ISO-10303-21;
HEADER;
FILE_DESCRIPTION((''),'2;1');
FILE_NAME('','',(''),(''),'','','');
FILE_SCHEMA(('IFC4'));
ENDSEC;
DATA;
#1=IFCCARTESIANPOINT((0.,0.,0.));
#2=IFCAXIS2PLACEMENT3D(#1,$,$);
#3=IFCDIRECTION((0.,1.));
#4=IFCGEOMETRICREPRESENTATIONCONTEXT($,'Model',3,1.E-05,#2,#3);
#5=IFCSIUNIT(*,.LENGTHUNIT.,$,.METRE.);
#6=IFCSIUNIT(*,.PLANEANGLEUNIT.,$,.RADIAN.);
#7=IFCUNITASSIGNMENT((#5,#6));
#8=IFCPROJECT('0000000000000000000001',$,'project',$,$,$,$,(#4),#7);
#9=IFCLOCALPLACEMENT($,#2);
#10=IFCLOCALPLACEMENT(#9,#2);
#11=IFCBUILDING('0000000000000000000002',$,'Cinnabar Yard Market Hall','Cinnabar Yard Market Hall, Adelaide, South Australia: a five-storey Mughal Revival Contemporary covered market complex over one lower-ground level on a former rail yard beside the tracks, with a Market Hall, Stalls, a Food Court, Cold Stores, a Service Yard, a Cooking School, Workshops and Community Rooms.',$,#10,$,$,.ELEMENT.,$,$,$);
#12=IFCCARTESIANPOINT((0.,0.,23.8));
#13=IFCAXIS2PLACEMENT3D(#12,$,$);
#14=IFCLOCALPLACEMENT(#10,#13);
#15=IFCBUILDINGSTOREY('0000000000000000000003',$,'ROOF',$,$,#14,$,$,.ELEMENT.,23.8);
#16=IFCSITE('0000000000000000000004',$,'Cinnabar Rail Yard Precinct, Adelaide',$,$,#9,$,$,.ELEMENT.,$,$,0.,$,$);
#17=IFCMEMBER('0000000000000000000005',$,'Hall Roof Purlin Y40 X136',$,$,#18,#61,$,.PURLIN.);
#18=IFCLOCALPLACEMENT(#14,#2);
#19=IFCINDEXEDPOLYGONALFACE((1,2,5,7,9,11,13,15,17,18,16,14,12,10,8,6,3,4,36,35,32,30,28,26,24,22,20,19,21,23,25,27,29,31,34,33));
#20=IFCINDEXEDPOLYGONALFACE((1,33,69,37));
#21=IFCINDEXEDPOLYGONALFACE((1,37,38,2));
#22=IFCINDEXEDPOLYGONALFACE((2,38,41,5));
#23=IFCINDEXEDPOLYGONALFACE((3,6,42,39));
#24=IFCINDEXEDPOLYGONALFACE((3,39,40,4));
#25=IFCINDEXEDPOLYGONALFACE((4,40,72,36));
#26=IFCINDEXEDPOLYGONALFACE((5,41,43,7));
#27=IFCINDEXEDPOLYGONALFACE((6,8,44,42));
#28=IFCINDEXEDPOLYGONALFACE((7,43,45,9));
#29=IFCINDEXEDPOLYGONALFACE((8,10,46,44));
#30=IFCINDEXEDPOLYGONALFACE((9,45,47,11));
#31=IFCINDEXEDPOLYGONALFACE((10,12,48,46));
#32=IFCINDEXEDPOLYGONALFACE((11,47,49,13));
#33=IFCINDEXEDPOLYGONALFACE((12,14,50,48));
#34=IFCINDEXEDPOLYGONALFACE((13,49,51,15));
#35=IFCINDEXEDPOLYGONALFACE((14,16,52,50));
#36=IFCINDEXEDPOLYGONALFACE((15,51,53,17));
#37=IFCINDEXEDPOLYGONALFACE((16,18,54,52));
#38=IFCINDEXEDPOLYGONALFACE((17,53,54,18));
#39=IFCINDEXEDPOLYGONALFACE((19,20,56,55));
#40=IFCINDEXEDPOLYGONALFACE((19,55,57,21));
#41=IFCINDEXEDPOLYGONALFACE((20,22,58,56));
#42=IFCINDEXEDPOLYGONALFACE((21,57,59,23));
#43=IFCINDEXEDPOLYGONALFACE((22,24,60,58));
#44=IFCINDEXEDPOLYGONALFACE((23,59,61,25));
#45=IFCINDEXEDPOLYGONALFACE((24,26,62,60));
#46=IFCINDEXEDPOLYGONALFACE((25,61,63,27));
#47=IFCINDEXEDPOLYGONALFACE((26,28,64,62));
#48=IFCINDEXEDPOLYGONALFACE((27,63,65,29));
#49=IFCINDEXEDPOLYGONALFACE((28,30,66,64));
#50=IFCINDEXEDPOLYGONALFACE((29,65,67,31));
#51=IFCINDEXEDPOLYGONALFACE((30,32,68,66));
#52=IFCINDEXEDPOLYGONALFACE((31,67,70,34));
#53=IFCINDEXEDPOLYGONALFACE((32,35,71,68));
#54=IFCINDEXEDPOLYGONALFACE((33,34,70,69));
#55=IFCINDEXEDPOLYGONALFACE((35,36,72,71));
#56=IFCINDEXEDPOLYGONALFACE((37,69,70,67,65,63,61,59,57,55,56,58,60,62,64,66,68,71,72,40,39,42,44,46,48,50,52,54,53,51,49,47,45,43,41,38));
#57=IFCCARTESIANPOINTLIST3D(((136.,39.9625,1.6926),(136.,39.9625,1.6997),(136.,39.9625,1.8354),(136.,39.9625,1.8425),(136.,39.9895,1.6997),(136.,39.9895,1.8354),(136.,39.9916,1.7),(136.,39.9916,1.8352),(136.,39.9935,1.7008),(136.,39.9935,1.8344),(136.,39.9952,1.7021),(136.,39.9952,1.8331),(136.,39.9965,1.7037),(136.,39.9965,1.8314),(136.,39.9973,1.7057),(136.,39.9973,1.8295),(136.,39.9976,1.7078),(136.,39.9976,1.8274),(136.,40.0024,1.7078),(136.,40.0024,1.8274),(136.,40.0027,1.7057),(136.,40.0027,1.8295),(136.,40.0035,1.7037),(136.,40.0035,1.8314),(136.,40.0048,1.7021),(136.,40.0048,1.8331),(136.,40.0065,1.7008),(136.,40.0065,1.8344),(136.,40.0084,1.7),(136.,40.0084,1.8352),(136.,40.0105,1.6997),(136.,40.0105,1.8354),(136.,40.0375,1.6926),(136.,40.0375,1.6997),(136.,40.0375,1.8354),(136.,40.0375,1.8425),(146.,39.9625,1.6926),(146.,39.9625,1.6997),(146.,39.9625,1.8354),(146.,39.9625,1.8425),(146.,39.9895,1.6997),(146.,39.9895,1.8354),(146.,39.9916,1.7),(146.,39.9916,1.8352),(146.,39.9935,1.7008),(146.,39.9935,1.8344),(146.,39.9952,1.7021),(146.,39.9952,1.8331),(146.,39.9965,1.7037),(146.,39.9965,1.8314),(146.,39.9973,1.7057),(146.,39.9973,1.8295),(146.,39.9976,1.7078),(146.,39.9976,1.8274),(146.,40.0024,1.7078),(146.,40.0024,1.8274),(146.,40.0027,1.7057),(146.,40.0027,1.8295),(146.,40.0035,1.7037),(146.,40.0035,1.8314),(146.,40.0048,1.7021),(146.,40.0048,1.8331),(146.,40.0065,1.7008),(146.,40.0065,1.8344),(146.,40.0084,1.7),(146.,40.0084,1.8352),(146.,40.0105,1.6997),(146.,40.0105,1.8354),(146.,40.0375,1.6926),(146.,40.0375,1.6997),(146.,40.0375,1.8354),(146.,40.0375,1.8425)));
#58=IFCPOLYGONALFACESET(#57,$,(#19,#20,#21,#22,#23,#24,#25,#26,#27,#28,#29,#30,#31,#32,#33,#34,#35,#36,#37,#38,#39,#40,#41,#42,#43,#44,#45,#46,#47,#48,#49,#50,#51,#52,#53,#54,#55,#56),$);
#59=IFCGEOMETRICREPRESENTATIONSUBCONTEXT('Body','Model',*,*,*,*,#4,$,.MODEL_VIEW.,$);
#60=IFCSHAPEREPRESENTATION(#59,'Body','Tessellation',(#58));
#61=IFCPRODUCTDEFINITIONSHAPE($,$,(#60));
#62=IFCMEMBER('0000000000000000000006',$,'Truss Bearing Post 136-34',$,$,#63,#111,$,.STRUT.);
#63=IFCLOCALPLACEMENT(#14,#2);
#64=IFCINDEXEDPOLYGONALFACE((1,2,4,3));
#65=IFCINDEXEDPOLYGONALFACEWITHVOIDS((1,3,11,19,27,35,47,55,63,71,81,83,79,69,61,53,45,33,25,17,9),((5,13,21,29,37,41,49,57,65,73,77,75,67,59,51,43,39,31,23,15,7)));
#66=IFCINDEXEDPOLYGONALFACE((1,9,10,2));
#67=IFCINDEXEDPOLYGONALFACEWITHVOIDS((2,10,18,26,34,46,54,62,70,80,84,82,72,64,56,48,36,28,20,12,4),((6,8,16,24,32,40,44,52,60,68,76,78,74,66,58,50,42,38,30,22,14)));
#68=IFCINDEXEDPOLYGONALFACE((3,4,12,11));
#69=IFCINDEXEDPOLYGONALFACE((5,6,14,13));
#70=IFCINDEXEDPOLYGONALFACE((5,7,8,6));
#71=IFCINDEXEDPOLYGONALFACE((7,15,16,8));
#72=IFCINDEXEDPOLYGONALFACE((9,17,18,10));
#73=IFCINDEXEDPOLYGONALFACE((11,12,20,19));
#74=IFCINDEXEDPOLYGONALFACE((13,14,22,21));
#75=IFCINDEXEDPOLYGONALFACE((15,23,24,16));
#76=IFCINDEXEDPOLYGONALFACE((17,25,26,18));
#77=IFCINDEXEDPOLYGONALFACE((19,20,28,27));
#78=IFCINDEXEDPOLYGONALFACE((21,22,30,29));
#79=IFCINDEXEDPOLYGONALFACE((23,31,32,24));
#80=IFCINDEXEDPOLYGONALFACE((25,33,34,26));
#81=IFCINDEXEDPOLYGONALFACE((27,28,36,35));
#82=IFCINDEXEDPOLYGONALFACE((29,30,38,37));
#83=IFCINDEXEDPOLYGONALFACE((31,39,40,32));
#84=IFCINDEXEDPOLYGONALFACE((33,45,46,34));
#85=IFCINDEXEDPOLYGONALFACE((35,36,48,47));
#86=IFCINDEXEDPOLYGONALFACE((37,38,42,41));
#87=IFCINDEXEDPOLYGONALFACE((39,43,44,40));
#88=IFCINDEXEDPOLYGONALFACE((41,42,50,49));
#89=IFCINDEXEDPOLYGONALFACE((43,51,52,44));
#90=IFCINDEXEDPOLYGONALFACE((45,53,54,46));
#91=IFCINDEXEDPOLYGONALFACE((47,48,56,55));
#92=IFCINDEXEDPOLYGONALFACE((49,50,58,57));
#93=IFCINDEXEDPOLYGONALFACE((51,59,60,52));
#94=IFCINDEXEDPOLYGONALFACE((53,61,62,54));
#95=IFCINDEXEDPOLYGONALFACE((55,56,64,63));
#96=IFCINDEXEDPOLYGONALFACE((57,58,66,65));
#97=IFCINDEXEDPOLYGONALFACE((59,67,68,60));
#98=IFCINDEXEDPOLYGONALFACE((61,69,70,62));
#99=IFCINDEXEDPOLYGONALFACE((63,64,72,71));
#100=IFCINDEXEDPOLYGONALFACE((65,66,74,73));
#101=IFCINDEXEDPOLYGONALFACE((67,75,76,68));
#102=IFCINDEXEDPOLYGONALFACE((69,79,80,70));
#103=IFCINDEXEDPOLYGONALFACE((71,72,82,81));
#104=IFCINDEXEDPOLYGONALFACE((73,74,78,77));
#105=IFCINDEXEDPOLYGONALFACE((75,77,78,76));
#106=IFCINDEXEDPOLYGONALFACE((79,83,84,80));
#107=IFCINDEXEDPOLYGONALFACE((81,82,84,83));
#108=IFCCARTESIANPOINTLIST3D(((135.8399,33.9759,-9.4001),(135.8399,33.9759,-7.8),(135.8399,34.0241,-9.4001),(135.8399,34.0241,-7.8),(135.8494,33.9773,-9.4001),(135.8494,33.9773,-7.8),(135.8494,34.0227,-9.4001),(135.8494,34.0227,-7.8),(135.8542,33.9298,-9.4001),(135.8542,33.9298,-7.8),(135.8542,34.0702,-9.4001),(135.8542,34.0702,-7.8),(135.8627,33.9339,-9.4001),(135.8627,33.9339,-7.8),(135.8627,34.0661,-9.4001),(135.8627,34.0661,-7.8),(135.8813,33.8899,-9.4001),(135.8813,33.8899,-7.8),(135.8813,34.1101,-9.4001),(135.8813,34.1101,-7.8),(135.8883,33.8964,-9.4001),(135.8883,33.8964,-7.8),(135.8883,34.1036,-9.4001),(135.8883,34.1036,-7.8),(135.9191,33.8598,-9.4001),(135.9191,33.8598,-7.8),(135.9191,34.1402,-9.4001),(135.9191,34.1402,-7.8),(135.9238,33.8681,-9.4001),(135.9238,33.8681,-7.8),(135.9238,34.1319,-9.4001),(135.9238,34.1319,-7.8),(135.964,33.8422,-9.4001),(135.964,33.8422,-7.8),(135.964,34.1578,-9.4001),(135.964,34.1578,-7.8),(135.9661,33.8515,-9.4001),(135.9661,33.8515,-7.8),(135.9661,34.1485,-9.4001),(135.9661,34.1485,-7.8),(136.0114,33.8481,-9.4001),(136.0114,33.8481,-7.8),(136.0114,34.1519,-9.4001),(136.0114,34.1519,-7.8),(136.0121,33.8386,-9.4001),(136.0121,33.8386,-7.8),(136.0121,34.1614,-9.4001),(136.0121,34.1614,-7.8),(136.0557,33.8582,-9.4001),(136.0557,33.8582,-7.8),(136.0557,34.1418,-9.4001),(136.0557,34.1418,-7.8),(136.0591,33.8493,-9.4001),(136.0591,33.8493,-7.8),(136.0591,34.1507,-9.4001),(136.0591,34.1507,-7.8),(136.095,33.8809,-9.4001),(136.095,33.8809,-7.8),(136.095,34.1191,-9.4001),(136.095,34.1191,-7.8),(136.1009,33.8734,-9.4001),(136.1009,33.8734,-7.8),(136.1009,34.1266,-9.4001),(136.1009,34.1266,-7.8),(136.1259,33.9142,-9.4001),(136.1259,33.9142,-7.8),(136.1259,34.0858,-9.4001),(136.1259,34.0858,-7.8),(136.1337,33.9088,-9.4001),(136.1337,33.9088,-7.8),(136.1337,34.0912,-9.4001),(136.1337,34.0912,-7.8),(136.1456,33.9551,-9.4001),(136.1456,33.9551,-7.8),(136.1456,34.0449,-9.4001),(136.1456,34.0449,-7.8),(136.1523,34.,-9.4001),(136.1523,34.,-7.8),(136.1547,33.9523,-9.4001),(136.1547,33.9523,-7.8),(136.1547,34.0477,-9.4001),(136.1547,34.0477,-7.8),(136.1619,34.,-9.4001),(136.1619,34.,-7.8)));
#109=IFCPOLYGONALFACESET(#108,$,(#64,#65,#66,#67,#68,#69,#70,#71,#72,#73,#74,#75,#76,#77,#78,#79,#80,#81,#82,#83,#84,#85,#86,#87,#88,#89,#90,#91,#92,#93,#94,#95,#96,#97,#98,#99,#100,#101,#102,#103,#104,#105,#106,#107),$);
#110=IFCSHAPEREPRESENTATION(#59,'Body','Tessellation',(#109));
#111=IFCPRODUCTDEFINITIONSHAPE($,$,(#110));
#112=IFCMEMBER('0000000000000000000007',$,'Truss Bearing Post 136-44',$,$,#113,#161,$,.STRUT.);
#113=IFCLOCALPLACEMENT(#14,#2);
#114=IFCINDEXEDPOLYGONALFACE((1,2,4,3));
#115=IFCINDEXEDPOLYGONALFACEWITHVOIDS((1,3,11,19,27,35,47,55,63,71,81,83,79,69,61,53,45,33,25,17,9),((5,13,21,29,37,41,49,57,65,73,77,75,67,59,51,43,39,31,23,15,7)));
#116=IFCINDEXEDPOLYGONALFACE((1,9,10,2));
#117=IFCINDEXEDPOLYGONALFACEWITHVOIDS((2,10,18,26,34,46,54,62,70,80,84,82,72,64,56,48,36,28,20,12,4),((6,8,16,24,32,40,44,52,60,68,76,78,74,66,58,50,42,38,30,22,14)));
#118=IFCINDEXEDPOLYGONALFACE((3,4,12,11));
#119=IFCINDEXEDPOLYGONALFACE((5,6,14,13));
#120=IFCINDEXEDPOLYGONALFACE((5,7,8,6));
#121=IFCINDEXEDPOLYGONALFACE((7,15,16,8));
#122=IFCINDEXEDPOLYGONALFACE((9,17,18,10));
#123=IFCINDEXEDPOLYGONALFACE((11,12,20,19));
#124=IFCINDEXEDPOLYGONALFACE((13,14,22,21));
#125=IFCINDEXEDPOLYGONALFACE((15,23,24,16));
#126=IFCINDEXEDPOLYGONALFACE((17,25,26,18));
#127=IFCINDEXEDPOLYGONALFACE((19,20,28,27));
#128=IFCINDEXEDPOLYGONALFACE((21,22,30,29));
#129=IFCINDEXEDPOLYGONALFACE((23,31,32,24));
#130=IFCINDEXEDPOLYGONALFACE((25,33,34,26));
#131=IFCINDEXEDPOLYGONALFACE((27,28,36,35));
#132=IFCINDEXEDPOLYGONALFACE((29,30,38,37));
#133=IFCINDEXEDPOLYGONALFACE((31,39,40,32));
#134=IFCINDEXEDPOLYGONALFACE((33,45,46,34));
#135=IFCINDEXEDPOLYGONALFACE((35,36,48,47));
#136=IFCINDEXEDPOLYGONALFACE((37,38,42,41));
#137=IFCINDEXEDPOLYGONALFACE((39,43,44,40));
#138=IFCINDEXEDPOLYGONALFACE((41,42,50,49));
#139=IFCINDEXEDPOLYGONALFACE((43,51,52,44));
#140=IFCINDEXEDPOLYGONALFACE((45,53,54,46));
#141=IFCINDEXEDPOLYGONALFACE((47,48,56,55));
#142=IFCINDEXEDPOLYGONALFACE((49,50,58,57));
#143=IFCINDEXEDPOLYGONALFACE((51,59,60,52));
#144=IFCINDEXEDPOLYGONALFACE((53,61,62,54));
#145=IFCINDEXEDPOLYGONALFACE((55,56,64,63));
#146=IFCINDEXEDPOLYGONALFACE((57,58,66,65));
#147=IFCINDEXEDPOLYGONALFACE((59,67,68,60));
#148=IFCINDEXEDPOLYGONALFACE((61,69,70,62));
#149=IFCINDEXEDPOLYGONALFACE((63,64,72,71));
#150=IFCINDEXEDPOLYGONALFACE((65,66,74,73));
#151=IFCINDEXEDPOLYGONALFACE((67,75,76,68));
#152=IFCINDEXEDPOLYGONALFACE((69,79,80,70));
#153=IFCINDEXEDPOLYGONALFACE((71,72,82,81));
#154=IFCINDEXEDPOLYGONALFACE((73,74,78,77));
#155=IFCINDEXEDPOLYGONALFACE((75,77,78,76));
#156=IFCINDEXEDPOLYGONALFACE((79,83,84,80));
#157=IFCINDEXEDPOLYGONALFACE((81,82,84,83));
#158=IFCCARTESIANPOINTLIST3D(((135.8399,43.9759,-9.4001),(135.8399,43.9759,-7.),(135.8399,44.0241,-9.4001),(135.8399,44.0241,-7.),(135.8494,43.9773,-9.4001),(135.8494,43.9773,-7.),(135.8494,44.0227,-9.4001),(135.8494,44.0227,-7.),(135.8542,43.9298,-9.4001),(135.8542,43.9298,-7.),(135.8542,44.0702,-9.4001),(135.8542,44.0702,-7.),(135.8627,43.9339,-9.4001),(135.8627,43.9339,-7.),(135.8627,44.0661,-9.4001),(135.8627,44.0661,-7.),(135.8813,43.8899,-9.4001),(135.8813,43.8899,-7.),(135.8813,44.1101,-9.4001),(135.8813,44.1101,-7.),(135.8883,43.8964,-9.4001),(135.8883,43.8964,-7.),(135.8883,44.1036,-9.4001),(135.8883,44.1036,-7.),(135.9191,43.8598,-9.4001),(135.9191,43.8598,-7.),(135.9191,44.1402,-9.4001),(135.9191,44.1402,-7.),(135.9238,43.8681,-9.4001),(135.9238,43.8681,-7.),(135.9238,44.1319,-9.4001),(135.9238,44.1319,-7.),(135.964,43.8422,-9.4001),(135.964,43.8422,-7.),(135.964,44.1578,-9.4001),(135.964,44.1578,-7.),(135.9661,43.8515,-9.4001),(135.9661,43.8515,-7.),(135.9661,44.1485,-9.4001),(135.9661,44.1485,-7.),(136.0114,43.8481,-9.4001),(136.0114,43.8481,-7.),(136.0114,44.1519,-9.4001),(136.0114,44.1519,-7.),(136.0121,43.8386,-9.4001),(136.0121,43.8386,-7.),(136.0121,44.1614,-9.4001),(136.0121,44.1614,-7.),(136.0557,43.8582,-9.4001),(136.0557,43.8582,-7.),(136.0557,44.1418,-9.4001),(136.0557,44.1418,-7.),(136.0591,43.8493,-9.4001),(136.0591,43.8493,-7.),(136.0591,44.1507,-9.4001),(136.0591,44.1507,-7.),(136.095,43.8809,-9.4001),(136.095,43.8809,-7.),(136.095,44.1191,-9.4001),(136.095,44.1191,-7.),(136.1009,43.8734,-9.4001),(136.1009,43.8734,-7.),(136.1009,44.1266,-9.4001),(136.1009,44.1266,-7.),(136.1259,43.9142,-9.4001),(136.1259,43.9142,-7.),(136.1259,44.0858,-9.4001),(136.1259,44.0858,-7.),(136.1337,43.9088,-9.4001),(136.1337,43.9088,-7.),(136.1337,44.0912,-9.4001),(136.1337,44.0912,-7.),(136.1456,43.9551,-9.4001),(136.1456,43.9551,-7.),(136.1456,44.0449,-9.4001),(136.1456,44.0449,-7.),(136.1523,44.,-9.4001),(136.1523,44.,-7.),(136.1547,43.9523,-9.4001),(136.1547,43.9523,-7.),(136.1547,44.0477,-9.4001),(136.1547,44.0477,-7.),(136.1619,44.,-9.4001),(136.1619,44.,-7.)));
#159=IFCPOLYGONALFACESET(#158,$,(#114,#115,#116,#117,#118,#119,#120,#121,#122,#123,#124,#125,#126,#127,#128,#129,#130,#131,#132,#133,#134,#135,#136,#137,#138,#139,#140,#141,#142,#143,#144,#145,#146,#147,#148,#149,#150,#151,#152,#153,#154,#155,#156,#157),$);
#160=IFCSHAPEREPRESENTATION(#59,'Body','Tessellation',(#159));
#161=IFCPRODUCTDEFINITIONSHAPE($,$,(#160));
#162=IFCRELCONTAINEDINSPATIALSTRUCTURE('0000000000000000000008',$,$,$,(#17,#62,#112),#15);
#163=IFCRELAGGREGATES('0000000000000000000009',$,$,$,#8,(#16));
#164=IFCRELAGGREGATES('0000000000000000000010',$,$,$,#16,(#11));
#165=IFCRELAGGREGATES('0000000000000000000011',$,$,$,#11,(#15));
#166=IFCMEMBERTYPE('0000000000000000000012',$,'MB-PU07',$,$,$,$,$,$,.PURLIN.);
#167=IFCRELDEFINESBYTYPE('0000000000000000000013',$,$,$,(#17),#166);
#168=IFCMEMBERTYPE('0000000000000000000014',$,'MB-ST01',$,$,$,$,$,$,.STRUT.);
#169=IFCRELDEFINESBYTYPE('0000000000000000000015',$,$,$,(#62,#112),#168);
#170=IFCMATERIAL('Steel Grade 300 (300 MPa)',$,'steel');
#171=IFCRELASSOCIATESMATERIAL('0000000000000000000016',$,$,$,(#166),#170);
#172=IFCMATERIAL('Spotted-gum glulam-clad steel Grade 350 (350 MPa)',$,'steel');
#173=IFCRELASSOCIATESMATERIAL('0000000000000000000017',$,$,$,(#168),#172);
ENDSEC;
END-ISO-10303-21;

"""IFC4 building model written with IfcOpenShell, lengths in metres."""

from ifc_helpers import new_model, si_unit, direction, frame, origin, origin_2d_with_axis, place, context, subcontext, project, spatial, hollow_circle, i_section, extrude, material, material_profile, profile_set, type_object, element, save


model = new_model("IFC4")

# Units and contexts
model_context = context("Model", 3, precision=1e-05, world=origin(), true_north=direction((0.0, 1.0)))
body_context = subcontext(model_context, "Body", "Model", "MODEL_VIEW")
ifc_project = project(units=[si_unit("LENGTHUNIT", "METRE"), si_unit("PLANEANGLEUNIT", "RADIAN")], contexts=[model_context])

# Site, building, storey
site_placement = place(None, origin())
site = spatial("IfcSite", under=ifc_project, at=site_placement, Name="Cinnabar Rail Yard Precinct, Adelaide", CompositionType="ELEMENT", RefElevation=0.0)
building_placement = place(site_placement, origin())
building = spatial("IfcBuilding", under=site, at=building_placement, Name="Cinnabar Yard Market Hall", Description="Cinnabar Yard Market Hall, Adelaide, South Australia: a five-storey Mughal Revival Contemporary covered market complex over one lower-ground level on a former rail yard beside the tracks, with a Market Hall, Stalls, a Food Court, Cold Stores, a Service Yard, a Cooking School, Workshops and Community Rooms.", CompositionType="ELEMENT")
storey_placement = place(building_placement, frame((0.0, 0.0, 23.8)))
storey = spatial("IfcBuildingStorey", under=building, at=storey_placement, Name="ROOF", CompositionType="ELEMENT", Elevation=23.8)

# Shared definitions
ifc_material_1 = material(Name="Steel Grade 300 (300 MPa)", Category="steel")

# Members
ifc_material_profile_1 = material_profile(ifc_material_1, i_section(OverallWidth=0.075, OverallDepth=0.1499, WebThickness=0.0049, FlangeThickness=0.0071, FilletRadius=0.0081, at=origin_2d_with_axis()), Name="150UB14.0")
ifc_profile_set_1 = profile_set([ifc_material_profile_1], Name="Steel Grade 300 (300 MPa)")
member_type_1 = type_object("IfcMemberType", Name="MB-PU07", PredefinedType="PURLIN", material=ifc_profile_set_1)
member_1_placement = place(storey_placement, frame((136.0, 40.0, 1.7676), z_axis=(1.0, 0.0, 0.0), x_axis=(0.0, 1.0, 0.0)))
element("IfcMember", 1, at=member_1_placement, inside=storey, type_object=member_type_1, Name="Hall Roof Purlin Y40 X136", PredefinedType="PURLIN", context=body_context, shape_type="SweptSolid", body=[
    extrude(i_section(OverallWidth=0.075, OverallDepth=0.1499, WebThickness=0.0049, FlangeThickness=0.0071, FilletRadius=0.0081, at=origin_2d_with_axis()), origin(), (0.0, 0.0, 1.0), 10.0),
])
ifc_material_2 = material(Name="Spotted-gum glulam-clad steel Grade 350 (350 MPa)", Category="steel")
ifc_material_profile_2 = material_profile(ifc_material_2, hollow_circle(Radius=0.1619, WallThickness=0.0095, at=origin_2d_with_axis()), Name="323.9x9.5CHS")
ifc_profile_set_2 = profile_set([ifc_material_profile_2], Name="Spotted-gum glulam-clad steel Grade 350 (350 MPa)")
member_type_2 = type_object("IfcMemberType", Name="MB-ST01", PredefinedType="STRUT", material=ifc_profile_set_2)
member_2_placement = place(storey_placement, frame((136.0, 34.0, -9.4001), z_axis=(0.0, 0.0, 1.0), x_axis=(1.0, 0.0, 0.0)))
element("IfcMember", 2, at=member_2_placement, inside=storey, type_object=member_type_2, Name="Truss Bearing Post 136-34", PredefinedType="STRUT", context=body_context, shape_type="SweptSolid", body=[
    extrude(hollow_circle(Radius=0.1619, WallThickness=0.0095, at=origin_2d_with_axis()), origin(), (0.0, 0.0, 1.0), 1.6001),
])
member_3_placement = place(storey_placement, frame((136.0, 44.0, -9.4001), z_axis=(0.0, 0.0, 1.0), x_axis=(1.0, 0.0, 0.0)))
element("IfcMember", 3, at=member_3_placement, inside=storey, type_object=member_type_2, Name="Truss Bearing Post 136-44", PredefinedType="STRUT", context=body_context, shape_type="SweptSolid", body=[
    extrude(hollow_circle(Radius=0.1619, WallThickness=0.0095, at=origin_2d_with_axis()), origin(), (0.0, 0.0, 1.0), 2.4001),
])

save(model, "model.ifc")
